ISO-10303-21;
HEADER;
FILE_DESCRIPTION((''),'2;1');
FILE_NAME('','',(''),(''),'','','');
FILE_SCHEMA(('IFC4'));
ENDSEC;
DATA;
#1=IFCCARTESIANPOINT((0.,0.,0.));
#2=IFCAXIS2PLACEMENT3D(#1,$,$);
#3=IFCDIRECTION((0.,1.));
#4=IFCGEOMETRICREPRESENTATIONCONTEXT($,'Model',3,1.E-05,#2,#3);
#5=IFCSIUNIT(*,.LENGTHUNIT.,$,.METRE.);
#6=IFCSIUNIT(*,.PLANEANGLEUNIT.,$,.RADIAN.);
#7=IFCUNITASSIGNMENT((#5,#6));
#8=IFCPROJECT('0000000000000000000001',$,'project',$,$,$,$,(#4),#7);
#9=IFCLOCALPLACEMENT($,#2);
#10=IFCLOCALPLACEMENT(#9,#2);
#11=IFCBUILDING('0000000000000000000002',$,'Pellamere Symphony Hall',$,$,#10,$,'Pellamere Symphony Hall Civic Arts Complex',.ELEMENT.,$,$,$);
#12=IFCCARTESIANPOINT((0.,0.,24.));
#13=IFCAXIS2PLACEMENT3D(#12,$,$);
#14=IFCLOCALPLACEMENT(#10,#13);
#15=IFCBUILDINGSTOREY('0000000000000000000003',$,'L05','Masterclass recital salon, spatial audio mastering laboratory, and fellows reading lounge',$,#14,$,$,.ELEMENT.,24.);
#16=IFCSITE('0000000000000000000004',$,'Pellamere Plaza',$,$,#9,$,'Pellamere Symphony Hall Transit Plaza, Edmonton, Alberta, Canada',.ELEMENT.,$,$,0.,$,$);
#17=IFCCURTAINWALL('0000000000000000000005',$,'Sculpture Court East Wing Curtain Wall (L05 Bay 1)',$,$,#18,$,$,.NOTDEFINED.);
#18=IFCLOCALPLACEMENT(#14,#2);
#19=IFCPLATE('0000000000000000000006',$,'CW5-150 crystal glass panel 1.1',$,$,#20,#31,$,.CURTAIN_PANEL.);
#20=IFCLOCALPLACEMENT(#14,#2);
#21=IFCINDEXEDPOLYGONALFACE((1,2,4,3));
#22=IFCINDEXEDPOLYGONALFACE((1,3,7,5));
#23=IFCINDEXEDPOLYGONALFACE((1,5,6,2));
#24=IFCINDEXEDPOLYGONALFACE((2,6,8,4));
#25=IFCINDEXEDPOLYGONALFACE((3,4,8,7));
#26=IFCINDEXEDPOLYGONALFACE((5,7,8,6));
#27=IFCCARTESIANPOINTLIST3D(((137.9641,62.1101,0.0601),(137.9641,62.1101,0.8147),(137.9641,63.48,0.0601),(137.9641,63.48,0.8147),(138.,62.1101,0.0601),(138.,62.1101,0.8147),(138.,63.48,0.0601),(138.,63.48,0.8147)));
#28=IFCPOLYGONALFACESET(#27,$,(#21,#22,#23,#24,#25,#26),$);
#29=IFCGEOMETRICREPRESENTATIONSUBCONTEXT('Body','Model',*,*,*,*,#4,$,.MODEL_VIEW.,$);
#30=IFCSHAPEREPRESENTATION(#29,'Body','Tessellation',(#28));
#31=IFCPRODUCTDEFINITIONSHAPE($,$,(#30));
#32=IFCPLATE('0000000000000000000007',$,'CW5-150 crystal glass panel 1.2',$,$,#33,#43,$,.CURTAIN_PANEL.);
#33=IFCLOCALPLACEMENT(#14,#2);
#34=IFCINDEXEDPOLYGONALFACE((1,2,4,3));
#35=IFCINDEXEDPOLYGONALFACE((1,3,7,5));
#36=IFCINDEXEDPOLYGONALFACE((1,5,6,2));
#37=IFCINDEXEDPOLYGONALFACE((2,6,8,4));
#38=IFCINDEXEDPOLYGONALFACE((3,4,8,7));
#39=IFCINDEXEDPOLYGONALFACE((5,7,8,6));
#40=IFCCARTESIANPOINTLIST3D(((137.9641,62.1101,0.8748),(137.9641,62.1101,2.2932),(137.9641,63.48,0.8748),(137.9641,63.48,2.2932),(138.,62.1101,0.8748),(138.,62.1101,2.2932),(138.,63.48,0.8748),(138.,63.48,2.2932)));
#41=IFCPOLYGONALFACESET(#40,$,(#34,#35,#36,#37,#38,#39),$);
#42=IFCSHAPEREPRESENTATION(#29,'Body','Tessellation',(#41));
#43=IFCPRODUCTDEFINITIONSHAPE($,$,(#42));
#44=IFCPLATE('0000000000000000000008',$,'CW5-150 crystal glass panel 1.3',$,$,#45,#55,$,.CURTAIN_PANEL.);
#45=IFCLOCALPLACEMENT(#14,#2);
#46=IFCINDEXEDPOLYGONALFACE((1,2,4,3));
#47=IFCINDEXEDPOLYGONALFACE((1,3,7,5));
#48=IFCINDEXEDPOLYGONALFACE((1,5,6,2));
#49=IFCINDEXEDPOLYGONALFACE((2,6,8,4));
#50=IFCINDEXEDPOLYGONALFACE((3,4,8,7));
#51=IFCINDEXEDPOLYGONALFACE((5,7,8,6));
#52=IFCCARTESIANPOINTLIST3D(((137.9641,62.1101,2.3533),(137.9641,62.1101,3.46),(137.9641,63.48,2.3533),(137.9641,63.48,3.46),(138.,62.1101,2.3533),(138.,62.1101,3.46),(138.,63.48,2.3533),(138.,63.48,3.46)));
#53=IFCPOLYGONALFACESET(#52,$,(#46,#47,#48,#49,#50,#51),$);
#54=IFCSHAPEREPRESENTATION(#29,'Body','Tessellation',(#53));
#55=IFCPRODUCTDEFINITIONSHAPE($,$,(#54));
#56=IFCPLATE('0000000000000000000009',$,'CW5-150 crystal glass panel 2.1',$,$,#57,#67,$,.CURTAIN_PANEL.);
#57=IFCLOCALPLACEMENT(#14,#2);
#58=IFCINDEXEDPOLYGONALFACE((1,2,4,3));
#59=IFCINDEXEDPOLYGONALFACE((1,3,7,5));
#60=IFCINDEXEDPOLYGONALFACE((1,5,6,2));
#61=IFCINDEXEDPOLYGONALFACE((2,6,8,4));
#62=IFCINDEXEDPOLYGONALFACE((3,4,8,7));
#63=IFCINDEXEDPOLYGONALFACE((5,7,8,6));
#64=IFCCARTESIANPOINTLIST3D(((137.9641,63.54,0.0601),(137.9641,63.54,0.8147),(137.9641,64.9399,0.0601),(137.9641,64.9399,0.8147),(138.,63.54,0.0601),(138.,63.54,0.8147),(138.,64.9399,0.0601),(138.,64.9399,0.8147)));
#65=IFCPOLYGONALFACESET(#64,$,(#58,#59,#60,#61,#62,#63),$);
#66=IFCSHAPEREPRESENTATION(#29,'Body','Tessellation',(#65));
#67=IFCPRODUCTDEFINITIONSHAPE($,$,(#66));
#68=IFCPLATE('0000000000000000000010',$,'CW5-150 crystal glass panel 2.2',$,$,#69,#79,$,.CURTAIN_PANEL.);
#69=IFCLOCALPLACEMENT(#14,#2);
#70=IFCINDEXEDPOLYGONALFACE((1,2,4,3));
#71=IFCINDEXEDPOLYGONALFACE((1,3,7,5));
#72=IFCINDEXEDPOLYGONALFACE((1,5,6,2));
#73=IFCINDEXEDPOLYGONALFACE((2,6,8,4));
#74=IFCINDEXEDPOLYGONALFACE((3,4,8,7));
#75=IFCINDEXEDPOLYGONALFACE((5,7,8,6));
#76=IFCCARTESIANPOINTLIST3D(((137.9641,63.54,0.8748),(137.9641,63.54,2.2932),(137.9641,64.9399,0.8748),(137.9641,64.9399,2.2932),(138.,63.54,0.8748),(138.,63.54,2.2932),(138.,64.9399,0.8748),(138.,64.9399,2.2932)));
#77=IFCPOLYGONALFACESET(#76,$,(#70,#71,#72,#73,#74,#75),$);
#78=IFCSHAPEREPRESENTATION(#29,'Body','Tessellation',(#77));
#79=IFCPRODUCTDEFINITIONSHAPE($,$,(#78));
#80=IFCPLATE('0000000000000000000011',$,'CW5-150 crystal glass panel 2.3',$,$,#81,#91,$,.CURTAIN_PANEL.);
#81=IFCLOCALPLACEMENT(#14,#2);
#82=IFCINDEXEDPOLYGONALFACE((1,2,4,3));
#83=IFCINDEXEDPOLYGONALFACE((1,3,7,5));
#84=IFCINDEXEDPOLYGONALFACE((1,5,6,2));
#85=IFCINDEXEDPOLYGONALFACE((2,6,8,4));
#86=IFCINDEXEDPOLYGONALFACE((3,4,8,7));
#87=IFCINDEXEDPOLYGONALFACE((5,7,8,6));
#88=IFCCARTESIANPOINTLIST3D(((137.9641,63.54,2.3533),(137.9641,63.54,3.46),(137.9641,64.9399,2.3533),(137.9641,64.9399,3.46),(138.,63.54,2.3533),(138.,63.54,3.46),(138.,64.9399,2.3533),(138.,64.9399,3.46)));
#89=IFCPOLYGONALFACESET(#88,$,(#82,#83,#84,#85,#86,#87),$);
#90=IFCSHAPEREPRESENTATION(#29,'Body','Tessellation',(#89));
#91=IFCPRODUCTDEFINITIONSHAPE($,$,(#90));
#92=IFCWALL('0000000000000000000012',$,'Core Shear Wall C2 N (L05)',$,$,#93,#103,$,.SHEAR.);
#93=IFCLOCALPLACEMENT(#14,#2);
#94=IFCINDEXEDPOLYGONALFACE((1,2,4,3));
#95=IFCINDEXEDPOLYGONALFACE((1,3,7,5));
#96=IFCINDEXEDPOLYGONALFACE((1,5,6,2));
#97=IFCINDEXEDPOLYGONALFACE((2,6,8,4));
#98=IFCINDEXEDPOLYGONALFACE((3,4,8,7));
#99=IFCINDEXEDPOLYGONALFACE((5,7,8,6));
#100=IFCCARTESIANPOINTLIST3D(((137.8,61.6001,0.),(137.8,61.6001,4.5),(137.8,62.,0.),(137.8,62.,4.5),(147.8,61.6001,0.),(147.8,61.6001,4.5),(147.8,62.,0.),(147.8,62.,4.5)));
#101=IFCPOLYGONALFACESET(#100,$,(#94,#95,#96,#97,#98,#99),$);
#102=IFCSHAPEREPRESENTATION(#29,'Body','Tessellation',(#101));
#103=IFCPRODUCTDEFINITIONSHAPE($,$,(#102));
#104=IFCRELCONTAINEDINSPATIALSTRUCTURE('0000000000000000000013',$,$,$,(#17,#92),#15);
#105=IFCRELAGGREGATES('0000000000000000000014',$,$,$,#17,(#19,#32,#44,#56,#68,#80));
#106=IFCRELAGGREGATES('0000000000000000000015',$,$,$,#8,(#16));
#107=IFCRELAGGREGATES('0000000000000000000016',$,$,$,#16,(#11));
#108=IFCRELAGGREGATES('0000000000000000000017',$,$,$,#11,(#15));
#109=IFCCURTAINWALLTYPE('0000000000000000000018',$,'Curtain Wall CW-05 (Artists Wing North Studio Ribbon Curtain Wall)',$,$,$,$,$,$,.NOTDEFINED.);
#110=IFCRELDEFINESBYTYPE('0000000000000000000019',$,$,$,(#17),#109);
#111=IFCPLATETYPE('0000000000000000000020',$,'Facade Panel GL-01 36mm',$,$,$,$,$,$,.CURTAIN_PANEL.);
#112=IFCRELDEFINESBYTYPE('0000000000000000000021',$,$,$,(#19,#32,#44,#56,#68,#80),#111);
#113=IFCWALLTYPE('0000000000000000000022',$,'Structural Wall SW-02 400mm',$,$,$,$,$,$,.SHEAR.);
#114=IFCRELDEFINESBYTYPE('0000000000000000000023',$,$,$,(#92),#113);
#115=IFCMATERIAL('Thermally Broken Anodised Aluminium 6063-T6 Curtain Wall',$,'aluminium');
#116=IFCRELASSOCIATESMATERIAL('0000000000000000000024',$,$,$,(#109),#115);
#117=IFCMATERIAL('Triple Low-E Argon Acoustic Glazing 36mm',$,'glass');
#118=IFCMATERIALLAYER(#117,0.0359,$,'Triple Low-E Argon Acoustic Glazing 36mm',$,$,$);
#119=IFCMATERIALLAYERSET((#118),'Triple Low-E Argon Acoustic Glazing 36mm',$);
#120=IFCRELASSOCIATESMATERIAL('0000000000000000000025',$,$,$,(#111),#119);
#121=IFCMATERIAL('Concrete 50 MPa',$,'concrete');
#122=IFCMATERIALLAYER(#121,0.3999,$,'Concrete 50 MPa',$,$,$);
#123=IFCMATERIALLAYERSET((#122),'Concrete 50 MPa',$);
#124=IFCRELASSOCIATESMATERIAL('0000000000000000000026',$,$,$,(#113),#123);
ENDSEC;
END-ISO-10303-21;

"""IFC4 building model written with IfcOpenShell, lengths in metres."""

from ifc_helpers import new_model, si_unit, direction, frame, frame_2d, origin, place, context, subcontext, project, spatial, polyline, rectangle, outline, extrude, material, layer, layer_set, type_object, element, aggregate, save


model = new_model("IFC4")

# Units and contexts
model_context = context("Model", 3, precision=1e-05, world=origin(), true_north=direction((0.0, 1.0)))
body_context = subcontext(model_context, "Body", "Model", "MODEL_VIEW")
ifc_project = project(units=[si_unit("LENGTHUNIT", "METRE"), si_unit("PLANEANGLEUNIT", "RADIAN")], contexts=[model_context])

# Site, building, storey
site_placement = place(None, origin())
site = spatial("IfcSite", under=ifc_project, at=site_placement, Name="Pellamere Plaza", LongName="Pellamere Symphony Hall Transit Plaza, Edmonton, Alberta, Canada", CompositionType="ELEMENT", RefElevation=0.0)
building_placement = place(site_placement, origin())
building = spatial("IfcBuilding", under=site, at=building_placement, Name="Pellamere Symphony Hall", LongName="Pellamere Symphony Hall Civic Arts Complex", CompositionType="ELEMENT")
storey_placement = place(building_placement, frame((0.0, 0.0, 24.0)))
storey = spatial("IfcBuildingStorey", under=building, at=storey_placement, Name="L05", Description="Masterclass recital salon, spatial audio mastering laboratory, and fellows reading lounge", CompositionType="ELEMENT", Elevation=24.0)

# Curtain wall
ifc_material_1 = material(Name="Thermally Broken Anodised Aluminium 6063-T6 Curtain Wall", Category="aluminium")
curtain_wall_type = type_object("IfcCurtainWallType", Name="Curtain Wall CW-05 (Artists Wing North Studio Ribbon Curtain Wall)", PredefinedType="NOTDEFINED", material=ifc_material_1)
curtain_wall_placement = place(storey_placement, origin())
curtain_wall = element("IfcCurtainWall", 1, at=curtain_wall_placement, inside=storey, type_object=curtain_wall_type, Name="Sculpture Court East Wing Curtain Wall (L05 Bay 1)", PredefinedType="NOTDEFINED")

# Plates
ifc_material_2 = material(Name="Triple Low-E Argon Acoustic Glazing 36mm", Category="glass")
ifc_layer_1 = layer(ifc_material_2, 0.0359, Name="Triple Low-E Argon Acoustic Glazing 36mm")
ifc_layer_set_1 = layer_set([ifc_layer_1], Name="Triple Low-E Argon Acoustic Glazing 36mm")
plate_type = type_object("IfcPlateType", Name="Facade Panel GL-01 36mm", PredefinedType="CURTAIN_PANEL", material=ifc_layer_set_1)
plate_1_placement = place(storey_placement, frame((138.0, 62.1101, 0.0601), z_axis=(1.0, 0.0, 0.0), x_axis=(0.0, 1.0, 0.0)))
plate_1 = element("IfcPlate", 2, at=plate_1_placement, type_object=plate_type, Name="CW5-150 crystal glass panel 1.1", PredefinedType="CURTAIN_PANEL", context=body_context, shape_type="SweptSolid", body=[
    extrude(outline(polyline([(0.0, 0.0), (1.3699, 0.0), (1.3699, 0.7546), (0.0, 0.7546), (0.0, 0.0)])), origin(), (0.0, 0.0, -1.0), 0.0359),
])
plate_2_placement = place(storey_placement, frame((138.0, 62.1101, 0.8748), z_axis=(1.0, 0.0, 0.0), x_axis=(0.0, 1.0, 0.0)))
plate_2 = element("IfcPlate", 3, at=plate_2_placement, type_object=plate_type, Name="CW5-150 crystal glass panel 1.2", PredefinedType="CURTAIN_PANEL", context=body_context, shape_type="SweptSolid", body=[
    extrude(outline(polyline([(0.0, 0.0), (1.3699, 0.0), (1.3699, 1.4185), (0.0, 1.4185), (0.0, 0.0)])), origin(), (0.0, 0.0, -1.0), 0.0359),
])
plate_3_placement = place(storey_placement, frame((138.0, 62.1101, 2.3533), z_axis=(1.0, 0.0, 0.0), x_axis=(0.0, 1.0, 0.0)))
plate_3 = element("IfcPlate", 4, at=plate_3_placement, type_object=plate_type, Name="CW5-150 crystal glass panel 1.3", PredefinedType="CURTAIN_PANEL", context=body_context, shape_type="SweptSolid", body=[
    extrude(outline(polyline([(0.0, 0.0), (1.3699, 0.0), (1.3699, 1.1067), (0.0, 1.1067), (0.0, 0.0)])), origin(), (0.0, 0.0, -1.0), 0.0359),
])
plate_4_placement = place(storey_placement, frame((138.0, 63.54, 0.0601), z_axis=(1.0, 0.0, 0.0), x_axis=(0.0, 1.0, 0.0)))
plate_4 = element("IfcPlate", 5, at=plate_4_placement, type_object=plate_type, Name="CW5-150 crystal glass panel 2.1", PredefinedType="CURTAIN_PANEL", context=body_context, shape_type="SweptSolid", body=[
    extrude(outline(polyline([(0.0, 0.0), (1.3999, 0.0), (1.3999, 0.7546), (0.0, 0.7546), (0.0, 0.0)])), origin(), (0.0, 0.0, -1.0), 0.0359),
])
plate_5_placement = place(storey_placement, frame((138.0, 63.54, 0.8748), z_axis=(1.0, 0.0, 0.0), x_axis=(0.0, 1.0, 0.0)))
plate_5 = element("IfcPlate", 6, at=plate_5_placement, type_object=plate_type, Name="CW5-150 crystal glass panel 2.2", PredefinedType="CURTAIN_PANEL", context=body_context, shape_type="SweptSolid", body=[
    extrude(outline(polyline([(0.0, 0.0), (1.3999, 0.0), (1.3999, 1.4185), (0.0, 1.4185), (0.0, 0.0)])), origin(), (0.0, 0.0, -1.0), 0.0359),
])
plate_6_placement = place(storey_placement, frame((138.0, 63.54, 2.3533), z_axis=(1.0, 0.0, 0.0), x_axis=(0.0, 1.0, 0.0)))
plate_6 = element("IfcPlate", 7, at=plate_6_placement, type_object=plate_type, Name="CW5-150 crystal glass panel 2.3", PredefinedType="CURTAIN_PANEL", context=body_context, shape_type="SweptSolid", body=[
    extrude(outline(polyline([(0.0, 0.0), (1.3999, 0.0), (1.3999, 1.1067), (0.0, 1.1067), (0.0, 0.0)])), origin(), (0.0, 0.0, -1.0), 0.0359),
])
aggregate(curtain_wall, [plate_1, plate_2, plate_3, plate_4, plate_5, plate_6])

# Wall
ifc_material_3 = material(Name="Concrete 50 MPa", Category="concrete")
ifc_layer_2 = layer(ifc_material_3, 0.3999, Name="Concrete 50 MPa")
ifc_layer_set_2 = layer_set([ifc_layer_2], Name="Concrete 50 MPa")
wall_type = type_object("IfcWallType", Name="Structural Wall SW-02 400mm", PredefinedType="SHEAR", material=ifc_layer_set_2)
wall_placement = place(storey_placement, frame((137.8, 61.8, 0.0), z_axis=(0.0, 0.0, 1.0), x_axis=(1.0, 0.0, 0.0)))
element("IfcWall", 8, at=wall_placement, inside=storey, type_object=wall_type, Name="Core Shear Wall C2 N (L05)", PredefinedType="SHEAR", context=body_context, shape_type="SweptSolid", body=[
    extrude(rectangle(XDim=10.0, YDim=0.3999, at=frame_2d((5.0, 0.0))), origin(), (0.0, 0.0, 1.0), 4.5),
])

save(model, "model.ifc")
